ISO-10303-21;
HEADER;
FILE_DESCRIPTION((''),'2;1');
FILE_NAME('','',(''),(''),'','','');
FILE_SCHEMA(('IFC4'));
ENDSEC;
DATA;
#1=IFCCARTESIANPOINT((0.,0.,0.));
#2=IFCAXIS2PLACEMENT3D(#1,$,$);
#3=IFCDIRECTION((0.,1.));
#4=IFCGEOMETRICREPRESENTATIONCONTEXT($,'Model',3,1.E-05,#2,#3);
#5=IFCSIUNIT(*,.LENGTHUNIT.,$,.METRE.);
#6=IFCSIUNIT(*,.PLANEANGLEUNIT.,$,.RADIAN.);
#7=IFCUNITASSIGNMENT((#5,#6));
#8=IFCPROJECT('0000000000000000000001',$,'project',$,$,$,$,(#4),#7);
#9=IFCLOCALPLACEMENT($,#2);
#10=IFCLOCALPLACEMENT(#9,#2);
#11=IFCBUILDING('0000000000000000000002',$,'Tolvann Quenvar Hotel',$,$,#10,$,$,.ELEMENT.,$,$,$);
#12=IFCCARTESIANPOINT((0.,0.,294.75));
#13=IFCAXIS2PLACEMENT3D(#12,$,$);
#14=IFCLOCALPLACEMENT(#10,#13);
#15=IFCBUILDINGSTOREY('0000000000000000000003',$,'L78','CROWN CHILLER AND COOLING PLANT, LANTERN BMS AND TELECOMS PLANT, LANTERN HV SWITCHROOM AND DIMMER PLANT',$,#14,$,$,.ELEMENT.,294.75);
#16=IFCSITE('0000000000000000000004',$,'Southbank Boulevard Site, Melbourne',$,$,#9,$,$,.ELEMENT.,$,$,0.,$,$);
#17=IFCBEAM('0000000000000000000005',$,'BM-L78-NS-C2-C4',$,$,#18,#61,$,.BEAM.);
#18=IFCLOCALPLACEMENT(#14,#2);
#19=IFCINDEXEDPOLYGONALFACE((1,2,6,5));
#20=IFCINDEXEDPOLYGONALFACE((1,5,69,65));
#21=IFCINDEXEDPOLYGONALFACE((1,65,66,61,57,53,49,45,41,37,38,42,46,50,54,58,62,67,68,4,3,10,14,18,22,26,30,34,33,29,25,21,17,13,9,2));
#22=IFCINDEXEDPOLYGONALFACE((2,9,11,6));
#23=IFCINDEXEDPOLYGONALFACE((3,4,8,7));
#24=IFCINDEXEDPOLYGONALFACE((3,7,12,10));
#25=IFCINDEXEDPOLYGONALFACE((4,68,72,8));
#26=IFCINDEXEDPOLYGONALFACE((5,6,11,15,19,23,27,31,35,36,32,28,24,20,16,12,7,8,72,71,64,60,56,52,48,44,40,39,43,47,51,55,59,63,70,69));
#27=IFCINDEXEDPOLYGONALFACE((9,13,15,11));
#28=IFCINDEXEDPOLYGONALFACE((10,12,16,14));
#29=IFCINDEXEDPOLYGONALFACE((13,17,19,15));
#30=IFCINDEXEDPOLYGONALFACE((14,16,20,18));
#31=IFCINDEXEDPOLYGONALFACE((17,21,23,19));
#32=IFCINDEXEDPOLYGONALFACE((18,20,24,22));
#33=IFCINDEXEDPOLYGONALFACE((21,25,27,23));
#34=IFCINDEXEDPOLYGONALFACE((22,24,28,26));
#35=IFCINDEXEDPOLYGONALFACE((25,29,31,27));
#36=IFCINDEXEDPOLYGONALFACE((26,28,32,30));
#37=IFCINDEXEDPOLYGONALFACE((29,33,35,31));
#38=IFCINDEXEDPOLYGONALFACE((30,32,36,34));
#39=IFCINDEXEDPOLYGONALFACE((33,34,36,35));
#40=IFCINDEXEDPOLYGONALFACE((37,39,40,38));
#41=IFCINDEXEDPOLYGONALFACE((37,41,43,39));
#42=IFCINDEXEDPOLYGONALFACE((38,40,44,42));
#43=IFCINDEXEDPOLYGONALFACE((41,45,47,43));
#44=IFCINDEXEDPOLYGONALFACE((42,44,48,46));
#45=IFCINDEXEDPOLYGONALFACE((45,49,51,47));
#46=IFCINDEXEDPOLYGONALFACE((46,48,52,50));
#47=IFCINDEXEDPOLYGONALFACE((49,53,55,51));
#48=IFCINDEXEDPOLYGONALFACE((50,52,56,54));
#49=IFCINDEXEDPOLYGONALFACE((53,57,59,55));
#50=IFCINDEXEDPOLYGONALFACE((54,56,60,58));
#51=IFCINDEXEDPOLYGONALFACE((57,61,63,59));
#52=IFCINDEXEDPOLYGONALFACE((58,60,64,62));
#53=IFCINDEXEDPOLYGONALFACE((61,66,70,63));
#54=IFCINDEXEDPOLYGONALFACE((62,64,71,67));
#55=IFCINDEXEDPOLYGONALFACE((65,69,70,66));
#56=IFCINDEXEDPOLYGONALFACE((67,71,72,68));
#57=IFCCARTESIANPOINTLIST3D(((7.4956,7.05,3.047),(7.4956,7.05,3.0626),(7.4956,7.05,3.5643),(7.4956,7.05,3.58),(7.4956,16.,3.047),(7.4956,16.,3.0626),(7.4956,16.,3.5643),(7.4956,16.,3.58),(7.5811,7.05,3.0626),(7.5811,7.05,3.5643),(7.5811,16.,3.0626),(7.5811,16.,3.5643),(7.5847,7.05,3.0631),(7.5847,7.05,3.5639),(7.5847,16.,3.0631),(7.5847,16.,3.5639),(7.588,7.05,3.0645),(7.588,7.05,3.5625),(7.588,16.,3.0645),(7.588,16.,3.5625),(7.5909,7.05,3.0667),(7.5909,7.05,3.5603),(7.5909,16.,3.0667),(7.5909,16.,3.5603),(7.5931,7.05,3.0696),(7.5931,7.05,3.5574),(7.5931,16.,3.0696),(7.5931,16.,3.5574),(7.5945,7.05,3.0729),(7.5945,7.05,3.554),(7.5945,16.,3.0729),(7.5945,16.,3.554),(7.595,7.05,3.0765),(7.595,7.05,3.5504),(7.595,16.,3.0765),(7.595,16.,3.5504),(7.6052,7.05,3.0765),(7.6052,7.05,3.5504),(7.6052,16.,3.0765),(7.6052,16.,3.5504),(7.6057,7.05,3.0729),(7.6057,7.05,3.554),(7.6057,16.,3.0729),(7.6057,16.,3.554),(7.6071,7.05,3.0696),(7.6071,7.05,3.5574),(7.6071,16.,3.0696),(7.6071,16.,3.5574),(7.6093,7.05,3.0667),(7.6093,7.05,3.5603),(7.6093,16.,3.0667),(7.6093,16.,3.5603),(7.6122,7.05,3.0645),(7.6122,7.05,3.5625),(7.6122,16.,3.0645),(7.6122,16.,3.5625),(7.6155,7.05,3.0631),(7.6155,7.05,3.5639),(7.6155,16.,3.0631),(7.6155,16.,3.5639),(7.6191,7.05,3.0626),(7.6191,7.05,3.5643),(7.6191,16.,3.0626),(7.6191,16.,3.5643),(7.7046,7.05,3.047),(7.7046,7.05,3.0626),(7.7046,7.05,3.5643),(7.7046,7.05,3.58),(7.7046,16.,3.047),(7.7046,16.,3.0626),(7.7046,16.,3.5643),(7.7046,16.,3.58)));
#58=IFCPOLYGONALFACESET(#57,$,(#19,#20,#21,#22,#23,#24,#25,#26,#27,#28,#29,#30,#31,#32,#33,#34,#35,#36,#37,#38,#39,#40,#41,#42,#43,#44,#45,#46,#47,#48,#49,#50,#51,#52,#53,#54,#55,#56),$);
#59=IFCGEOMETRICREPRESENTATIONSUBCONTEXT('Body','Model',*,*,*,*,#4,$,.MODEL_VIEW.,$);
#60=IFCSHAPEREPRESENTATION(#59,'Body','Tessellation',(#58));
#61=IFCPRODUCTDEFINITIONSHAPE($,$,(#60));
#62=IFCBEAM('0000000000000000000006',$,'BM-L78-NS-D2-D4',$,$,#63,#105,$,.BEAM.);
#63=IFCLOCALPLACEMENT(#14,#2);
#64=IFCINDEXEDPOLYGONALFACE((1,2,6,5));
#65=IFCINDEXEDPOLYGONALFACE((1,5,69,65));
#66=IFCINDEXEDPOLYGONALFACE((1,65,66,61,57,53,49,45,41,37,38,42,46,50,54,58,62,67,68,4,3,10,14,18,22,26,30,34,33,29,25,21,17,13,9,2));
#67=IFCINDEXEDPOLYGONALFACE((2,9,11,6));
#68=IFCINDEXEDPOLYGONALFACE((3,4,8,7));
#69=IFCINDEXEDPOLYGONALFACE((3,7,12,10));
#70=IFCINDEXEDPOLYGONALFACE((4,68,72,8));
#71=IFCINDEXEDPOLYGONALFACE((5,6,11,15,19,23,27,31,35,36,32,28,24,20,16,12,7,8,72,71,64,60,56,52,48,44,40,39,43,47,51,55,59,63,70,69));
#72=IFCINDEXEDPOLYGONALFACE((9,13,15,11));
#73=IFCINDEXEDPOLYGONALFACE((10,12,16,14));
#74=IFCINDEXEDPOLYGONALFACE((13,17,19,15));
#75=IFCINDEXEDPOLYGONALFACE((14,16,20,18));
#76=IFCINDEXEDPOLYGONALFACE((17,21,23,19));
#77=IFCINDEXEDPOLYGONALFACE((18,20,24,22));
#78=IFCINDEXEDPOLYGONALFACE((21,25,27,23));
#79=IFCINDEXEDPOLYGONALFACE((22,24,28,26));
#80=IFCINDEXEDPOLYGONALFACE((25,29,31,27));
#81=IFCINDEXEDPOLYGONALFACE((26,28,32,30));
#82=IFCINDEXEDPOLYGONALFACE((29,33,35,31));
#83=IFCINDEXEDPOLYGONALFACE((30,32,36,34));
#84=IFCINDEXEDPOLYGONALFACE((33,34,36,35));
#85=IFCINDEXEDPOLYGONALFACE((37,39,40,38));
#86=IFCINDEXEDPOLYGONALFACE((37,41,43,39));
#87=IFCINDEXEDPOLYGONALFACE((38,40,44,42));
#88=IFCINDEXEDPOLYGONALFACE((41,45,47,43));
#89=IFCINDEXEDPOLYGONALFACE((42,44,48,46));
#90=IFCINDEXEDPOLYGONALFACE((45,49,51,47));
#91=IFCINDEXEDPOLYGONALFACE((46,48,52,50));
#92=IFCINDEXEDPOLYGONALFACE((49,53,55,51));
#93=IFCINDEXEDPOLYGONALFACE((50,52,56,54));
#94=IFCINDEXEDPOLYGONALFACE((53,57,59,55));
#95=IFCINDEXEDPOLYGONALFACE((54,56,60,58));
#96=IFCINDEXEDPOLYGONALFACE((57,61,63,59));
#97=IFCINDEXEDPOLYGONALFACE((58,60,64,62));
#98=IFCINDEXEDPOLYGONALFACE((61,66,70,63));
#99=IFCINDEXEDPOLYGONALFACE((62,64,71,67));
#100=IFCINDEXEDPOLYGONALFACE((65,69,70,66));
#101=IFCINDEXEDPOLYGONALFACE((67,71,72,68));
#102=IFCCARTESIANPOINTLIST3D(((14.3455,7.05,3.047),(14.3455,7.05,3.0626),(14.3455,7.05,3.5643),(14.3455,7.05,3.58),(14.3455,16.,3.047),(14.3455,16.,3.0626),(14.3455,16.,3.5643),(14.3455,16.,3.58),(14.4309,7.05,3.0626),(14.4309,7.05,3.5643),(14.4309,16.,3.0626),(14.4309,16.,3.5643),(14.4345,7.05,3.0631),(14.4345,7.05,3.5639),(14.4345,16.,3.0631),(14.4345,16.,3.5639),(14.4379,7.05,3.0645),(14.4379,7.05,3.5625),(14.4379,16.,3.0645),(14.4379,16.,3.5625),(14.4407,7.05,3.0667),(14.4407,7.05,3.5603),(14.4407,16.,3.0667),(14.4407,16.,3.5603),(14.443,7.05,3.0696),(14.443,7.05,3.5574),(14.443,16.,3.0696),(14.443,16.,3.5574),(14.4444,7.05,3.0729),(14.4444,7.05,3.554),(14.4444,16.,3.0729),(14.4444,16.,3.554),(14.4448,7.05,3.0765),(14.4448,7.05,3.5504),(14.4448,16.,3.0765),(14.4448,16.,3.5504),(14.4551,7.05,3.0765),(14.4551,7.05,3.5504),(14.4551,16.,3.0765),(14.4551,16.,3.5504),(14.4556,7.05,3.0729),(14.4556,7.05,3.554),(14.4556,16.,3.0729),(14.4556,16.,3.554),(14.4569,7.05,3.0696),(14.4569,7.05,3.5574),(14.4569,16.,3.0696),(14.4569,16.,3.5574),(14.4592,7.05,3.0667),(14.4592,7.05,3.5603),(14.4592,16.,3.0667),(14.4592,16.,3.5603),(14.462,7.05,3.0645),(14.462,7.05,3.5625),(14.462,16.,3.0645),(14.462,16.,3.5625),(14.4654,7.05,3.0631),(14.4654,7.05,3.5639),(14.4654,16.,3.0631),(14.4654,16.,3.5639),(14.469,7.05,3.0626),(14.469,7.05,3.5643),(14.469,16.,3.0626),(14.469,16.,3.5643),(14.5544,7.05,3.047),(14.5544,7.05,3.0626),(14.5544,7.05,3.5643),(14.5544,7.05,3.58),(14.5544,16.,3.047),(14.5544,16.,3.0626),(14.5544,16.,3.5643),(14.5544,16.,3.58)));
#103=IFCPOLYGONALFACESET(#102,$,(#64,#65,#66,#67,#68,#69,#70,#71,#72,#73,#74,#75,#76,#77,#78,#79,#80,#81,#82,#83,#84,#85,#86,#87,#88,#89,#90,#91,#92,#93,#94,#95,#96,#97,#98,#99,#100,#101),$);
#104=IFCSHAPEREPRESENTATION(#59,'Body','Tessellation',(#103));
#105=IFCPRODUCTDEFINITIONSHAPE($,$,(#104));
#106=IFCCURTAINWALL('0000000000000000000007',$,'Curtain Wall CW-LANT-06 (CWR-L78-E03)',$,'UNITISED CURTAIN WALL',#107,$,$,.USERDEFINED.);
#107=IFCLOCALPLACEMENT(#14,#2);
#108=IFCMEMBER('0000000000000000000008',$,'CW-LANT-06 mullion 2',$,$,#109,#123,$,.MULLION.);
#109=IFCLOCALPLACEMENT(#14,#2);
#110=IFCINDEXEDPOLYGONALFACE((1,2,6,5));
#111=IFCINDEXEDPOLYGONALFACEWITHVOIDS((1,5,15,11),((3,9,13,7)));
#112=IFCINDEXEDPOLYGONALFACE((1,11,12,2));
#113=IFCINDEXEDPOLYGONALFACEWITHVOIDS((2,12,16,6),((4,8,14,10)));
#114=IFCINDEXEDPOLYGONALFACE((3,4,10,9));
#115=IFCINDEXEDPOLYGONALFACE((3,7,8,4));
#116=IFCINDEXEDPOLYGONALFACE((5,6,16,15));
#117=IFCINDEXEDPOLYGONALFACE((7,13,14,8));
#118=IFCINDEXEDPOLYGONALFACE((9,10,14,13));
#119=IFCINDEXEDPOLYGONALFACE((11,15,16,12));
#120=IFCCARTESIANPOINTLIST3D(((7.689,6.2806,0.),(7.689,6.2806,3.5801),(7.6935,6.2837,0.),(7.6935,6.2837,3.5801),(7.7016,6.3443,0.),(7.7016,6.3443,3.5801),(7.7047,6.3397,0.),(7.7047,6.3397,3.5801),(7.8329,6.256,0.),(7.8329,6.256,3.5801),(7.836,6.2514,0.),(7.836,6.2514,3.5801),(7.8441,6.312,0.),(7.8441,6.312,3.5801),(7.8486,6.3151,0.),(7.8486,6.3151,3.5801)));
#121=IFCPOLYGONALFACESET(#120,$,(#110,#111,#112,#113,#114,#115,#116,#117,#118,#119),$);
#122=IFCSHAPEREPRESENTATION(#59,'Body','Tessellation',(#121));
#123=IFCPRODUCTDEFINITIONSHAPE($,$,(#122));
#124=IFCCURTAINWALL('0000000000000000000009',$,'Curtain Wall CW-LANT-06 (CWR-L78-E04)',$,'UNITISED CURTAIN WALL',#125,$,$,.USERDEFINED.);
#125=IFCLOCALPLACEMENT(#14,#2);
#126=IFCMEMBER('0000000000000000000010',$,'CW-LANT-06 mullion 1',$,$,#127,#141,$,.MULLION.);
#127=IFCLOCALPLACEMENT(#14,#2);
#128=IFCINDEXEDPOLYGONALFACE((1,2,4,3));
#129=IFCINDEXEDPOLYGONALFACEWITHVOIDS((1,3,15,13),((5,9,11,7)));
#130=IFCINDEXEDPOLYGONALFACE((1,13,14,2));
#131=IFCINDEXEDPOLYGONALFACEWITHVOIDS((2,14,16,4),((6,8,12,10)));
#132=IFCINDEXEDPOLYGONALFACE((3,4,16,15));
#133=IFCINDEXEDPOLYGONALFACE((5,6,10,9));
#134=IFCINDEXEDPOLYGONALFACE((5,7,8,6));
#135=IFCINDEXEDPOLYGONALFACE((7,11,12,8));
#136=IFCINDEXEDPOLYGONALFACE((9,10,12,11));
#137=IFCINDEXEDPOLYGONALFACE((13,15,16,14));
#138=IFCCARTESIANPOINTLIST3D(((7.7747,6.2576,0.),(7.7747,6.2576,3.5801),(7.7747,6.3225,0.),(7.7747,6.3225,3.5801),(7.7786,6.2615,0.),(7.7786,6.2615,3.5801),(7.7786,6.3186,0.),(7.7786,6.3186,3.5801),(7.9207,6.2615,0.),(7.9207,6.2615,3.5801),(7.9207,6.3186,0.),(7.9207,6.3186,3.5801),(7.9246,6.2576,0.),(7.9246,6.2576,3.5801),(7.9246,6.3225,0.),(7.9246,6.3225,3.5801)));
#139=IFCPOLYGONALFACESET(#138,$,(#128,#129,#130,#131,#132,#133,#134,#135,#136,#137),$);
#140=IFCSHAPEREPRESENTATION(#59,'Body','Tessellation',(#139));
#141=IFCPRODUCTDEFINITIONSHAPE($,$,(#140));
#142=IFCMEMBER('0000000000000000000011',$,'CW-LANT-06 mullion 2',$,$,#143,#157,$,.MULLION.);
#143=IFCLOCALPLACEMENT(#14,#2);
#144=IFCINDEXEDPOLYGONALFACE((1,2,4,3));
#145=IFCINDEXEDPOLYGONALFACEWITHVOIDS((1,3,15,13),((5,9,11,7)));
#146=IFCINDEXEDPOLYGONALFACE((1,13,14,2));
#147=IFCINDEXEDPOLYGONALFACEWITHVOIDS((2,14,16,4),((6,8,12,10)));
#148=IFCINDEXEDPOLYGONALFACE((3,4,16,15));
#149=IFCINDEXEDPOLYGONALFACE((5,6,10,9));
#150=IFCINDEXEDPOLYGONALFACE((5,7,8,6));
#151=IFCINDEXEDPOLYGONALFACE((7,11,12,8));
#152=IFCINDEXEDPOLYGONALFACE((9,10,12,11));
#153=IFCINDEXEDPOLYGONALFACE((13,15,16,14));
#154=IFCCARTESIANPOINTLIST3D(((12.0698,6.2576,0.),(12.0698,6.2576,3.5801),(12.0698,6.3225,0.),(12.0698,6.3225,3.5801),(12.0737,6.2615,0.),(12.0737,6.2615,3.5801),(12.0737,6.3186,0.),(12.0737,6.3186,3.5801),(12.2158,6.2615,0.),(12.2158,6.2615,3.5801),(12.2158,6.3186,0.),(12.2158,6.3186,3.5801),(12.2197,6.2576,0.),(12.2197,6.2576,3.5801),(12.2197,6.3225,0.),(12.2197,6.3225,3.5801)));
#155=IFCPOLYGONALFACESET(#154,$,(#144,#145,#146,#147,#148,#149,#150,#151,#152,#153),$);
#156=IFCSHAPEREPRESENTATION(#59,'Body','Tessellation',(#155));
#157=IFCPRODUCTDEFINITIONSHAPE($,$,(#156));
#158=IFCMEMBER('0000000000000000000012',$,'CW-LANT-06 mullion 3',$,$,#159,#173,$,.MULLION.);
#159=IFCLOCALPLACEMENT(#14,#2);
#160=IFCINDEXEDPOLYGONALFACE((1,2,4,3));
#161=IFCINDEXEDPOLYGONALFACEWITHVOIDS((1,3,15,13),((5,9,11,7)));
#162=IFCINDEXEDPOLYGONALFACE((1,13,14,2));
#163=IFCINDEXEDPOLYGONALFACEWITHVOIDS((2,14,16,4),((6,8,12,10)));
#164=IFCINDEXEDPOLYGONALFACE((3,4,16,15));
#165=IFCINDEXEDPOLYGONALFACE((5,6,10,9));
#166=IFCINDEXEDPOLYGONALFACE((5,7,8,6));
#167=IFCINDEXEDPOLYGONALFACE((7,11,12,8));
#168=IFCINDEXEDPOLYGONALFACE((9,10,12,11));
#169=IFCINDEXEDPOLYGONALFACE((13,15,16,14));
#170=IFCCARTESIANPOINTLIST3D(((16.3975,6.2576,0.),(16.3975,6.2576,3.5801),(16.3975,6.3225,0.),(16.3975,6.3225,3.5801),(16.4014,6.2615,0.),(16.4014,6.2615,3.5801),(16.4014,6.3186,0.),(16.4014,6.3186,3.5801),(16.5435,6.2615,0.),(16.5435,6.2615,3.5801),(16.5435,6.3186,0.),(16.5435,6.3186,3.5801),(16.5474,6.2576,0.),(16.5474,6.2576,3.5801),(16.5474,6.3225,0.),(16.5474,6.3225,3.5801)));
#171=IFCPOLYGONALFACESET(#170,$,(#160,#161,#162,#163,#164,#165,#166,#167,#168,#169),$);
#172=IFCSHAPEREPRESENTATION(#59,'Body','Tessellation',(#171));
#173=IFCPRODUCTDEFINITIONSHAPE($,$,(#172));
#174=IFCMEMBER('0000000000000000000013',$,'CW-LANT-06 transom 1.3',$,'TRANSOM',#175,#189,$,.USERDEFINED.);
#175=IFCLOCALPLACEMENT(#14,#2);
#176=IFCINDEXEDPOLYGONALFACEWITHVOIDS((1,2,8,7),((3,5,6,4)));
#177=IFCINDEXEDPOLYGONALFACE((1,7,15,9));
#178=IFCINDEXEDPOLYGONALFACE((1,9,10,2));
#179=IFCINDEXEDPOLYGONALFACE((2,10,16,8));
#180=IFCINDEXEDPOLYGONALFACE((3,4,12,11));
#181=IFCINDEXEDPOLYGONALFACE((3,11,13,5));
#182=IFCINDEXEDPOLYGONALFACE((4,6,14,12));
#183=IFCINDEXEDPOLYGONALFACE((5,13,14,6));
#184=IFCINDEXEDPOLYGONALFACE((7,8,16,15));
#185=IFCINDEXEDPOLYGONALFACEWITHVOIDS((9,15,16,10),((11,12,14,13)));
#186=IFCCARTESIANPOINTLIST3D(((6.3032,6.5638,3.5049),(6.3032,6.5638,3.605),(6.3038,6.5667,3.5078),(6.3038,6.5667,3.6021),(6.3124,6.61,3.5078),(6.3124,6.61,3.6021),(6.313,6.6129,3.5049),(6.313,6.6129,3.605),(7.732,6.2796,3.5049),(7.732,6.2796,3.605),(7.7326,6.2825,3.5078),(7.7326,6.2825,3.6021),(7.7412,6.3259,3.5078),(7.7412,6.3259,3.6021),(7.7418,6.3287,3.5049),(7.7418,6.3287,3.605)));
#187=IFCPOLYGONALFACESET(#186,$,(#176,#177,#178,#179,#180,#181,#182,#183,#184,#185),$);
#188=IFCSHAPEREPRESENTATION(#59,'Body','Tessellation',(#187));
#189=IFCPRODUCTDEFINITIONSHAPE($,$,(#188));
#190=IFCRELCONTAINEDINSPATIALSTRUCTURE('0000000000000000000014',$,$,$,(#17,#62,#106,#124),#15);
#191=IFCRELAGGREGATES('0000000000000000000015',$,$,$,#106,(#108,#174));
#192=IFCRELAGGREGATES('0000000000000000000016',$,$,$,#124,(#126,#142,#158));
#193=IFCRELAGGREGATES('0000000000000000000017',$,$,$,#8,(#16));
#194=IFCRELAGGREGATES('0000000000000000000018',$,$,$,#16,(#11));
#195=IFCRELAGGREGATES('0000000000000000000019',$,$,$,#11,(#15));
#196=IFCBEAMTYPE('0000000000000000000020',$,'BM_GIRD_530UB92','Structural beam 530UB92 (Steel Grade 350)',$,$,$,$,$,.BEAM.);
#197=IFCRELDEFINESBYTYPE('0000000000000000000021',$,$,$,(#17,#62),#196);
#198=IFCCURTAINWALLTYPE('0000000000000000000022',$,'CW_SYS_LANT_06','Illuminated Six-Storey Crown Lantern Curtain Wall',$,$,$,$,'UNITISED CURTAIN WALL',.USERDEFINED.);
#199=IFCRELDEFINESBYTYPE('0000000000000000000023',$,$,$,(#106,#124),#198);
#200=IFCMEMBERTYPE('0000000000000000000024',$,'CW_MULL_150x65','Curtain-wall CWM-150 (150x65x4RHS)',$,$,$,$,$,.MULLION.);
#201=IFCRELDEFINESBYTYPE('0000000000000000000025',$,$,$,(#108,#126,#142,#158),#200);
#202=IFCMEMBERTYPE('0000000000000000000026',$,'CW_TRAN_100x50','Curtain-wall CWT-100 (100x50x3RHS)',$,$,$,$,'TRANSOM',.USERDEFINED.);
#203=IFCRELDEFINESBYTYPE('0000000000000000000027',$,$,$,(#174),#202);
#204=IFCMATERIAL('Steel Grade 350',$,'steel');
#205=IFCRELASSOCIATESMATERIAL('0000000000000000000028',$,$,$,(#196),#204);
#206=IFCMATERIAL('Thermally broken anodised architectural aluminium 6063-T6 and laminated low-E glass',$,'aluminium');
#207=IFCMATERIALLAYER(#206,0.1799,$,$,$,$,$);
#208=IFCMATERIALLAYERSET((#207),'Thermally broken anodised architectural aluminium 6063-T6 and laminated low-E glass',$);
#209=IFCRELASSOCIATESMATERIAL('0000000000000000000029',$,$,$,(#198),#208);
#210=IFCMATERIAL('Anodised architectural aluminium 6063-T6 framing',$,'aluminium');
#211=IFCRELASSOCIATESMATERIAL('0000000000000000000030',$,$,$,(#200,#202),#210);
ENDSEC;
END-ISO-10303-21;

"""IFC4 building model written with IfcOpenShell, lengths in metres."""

from ifc_helpers import new_model, si_unit, direction, frame, origin, origin_2d, place, context, subcontext, project, spatial, hollow_rectangle, i_section, extrude, source, transform, mapped, material, layer, layer_set, material_profile, profile_set, type_object, type_shapes, element, aggregate, save


model = new_model("IFC4")

# Units and contexts
model_context = context("Model", 3, precision=1e-05, world=origin(), true_north=direction((0.0, 1.0)))
body_context = subcontext(model_context, "Body", "Model", "MODEL_VIEW")
ifc_project = project(units=[si_unit("LENGTHUNIT", "METRE"), si_unit("PLANEANGLEUNIT", "RADIAN")], contexts=[model_context])

# Site, building, storey
site_placement = place(None, origin())
site = spatial("IfcSite", under=ifc_project, at=site_placement, Name="Southbank Boulevard Site, Melbourne", CompositionType="ELEMENT", RefElevation=0.0)
building_placement = place(site_placement, origin())
building = spatial("IfcBuilding", under=site, at=building_placement, Name="Tolvann Quenvar Hotel", CompositionType="ELEMENT")
storey_placement = place(building_placement, frame((0.0, 0.0, 294.75)))
storey = spatial("IfcBuildingStorey", under=building, at=storey_placement, Name="L78", Description="CROWN CHILLER AND COOLING PLANT, LANTERN BMS AND TELECOMS PLANT, LANTERN HV SWITCHROOM AND DIMMER PLANT", CompositionType="ELEMENT", Elevation=294.75)

# Shared definitions
ifc_material_1 = material(Name="Steel Grade 350", Category="steel")

# Beams
ifc_material_profile_1 = material_profile(ifc_material_1, i_section(OverallWidth=0.209, OverallDepth=0.533, WebThickness=0.0103, FlangeThickness=0.0156, FilletRadius=0.0139, at=origin_2d()), Name="530UB92")
ifc_profile_set_1 = profile_set([ifc_material_profile_1], Name="Steel Grade 350")
beam_type_1 = type_object("IfcBeamType", Name="BM_GIRD_530UB92", Description="Structural beam 530UB92 (Steel Grade 350)", PredefinedType="BEAM", material=ifc_profile_set_1)
shared_shape_1 = source(origin(), body_context, "Body", "SweptSolid", [
    extrude(i_section(OverallWidth=0.209, OverallDepth=0.533, WebThickness=0.0103, FlangeThickness=0.0156, FilletRadius=0.0139, at=origin_2d()), origin(), (0.0, 0.0, 1.0), 8.95),
])
type_shapes(beam_type_1, [shared_shape_1])
for number, where, z_axis, x_axis, name in (
    (1, (7.6001, 7.05, 3.3135), (0.0, 1.0, 0.0), (-1.0, 0.0, 0.0), "BM-L78-NS-C2-C4"),
    (2, (14.45, 7.05, 3.3135), (0.0, 1.0, 0.0), (-1.0, 0.0, 0.0), "BM-L78-NS-D2-D4"),
):
    element("IfcBeam", number, at=place(storey_placement, frame(where, z_axis=z_axis, x_axis=x_axis)), inside=storey, type_object=beam_type_1, Name=name, PredefinedType="BEAM", context=body_context, shape_type="MappedRepresentation", body=[
        mapped(shared_shape_1, transform((0.0, 0.0, 0.0), x_axis=(1.0, 0.0, 0.0), y_axis=(0.0, 1.0, 0.0), z_axis=(0.0, 0.0, 1.0), scale=1.0)),
    ])

# Curtain wall, member
ifc_material_2 = material(Name="Thermally broken anodised architectural aluminium 6063-T6 and laminated low-E glass", Category="aluminium")
ifc_layer_1 = layer(ifc_material_2, 0.1799)
ifc_layer_set_1 = layer_set([ifc_layer_1], Name="Thermally broken anodised architectural aluminium 6063-T6 and laminated low-E glass")
curtain_wall_type = type_object("IfcCurtainWallType", Name="CW_SYS_LANT_06", Description="Illuminated Six-Storey Crown Lantern Curtain Wall", ElementType="UNITISED CURTAIN WALL", PredefinedType="USERDEFINED", material=ifc_layer_set_1)
curtain_wall_1_placement = place(storey_placement, origin())
curtain_wall_1 = element("IfcCurtainWall", 3, at=curtain_wall_1_placement, inside=storey, type_object=curtain_wall_type, Name="Curtain Wall CW-LANT-06 (CWR-L78-E03)", ObjectType="UNITISED CURTAIN WALL", PredefinedType="USERDEFINED")
ifc_material_3 = material(Name="Anodised architectural aluminium 6063-T6 framing", Category="aluminium")
ifc_material_profile_2 = material_profile(ifc_material_3, hollow_rectangle(XDim=0.0649, YDim=0.1499, WallThickness=0.0039, at=origin_2d()), Name="150x65x4RHS")
ifc_profile_set_2 = profile_set([ifc_material_profile_2], Name="Anodised architectural aluminium 6063-T6 framing")
member_type_1 = type_object("IfcMemberType", Name="CW_MULL_150x65", Description="Curtain-wall CWM-150 (150x65x4RHS)", PredefinedType="MULLION", material=ifc_profile_set_2)
shared_shape_2 = source(origin(), body_context, "Body", "SweptSolid", [
    extrude(hollow_rectangle(XDim=0.0649, YDim=0.1499, WallThickness=0.0039, at=origin_2d()), origin(), (0.0, 0.0, 1.0), 3.5801),
])
type_shapes(member_type_1, [shared_shape_2])
member_1_placement = place(storey_placement, frame((7.7688, 6.2979, 0.0), z_axis=(0.0, 0.0, 1.0), x_axis=(0.195062, 0.980791, 0.0)))
member_1 = element("IfcMember", 4, at=member_1_placement, type_object=member_type_1, Name="CW-LANT-06 mullion 2", PredefinedType="MULLION", context=body_context, shape_type="MappedRepresentation", body=[
    mapped(shared_shape_2, transform((0.0, 0.0, 0.0), x_axis=(1.0, 0.0, 0.0), y_axis=(0.0, 1.0, 0.0), z_axis=(0.0, 0.0, 1.0), scale=1.0)),
])

# Curtain wall, members
curtain_wall_2_placement = place(storey_placement, origin())
curtain_wall_2 = element("IfcCurtainWall", 5, at=curtain_wall_2_placement, inside=storey, type_object=curtain_wall_type, Name="Curtain Wall CW-LANT-06 (CWR-L78-E04)", ObjectType="UNITISED CURTAIN WALL", PredefinedType="USERDEFINED")
member_2_placement = place(storey_placement, frame((7.8496, 6.29, 0.0), z_axis=(0.0, 0.0, 1.0), x_axis=(0.0, 1.0, 0.0)))
member_2 = element("IfcMember", 6, at=member_2_placement, type_object=member_type_1, Name="CW-LANT-06 mullion 1", PredefinedType="MULLION", context=body_context, shape_type="MappedRepresentation", body=[
    mapped(shared_shape_2, transform((0.0, 0.0, 0.0), x_axis=(1.0, 0.0, 0.0), y_axis=(0.0, 1.0, 0.0), z_axis=(0.0, 0.0, 1.0), scale=1.0)),
])
member_3_placement = place(storey_placement, frame((12.1448, 6.29, 0.0), z_axis=(0.0, 0.0, 1.0), x_axis=(0.0, 1.0, 0.0)))
member_3 = element("IfcMember", 7, at=member_3_placement, type_object=member_type_1, Name="CW-LANT-06 mullion 2", PredefinedType="MULLION", context=body_context, shape_type="MappedRepresentation", body=[
    mapped(shared_shape_2, transform((0.0, 0.0, 0.0), x_axis=(1.0, 0.0, 0.0), y_axis=(0.0, 1.0, 0.0), z_axis=(0.0, 0.0, 1.0), scale=1.0)),
])
member_4_placement = place(storey_placement, frame((16.4724, 6.29, 0.0), z_axis=(0.0, 0.0, 1.0), x_axis=(0.0, 1.0, 0.0)))
member_4 = element("IfcMember", 8, at=member_4_placement, type_object=member_type_1, Name="CW-LANT-06 mullion 3", PredefinedType="MULLION", context=body_context, shape_type="MappedRepresentation", body=[
    mapped(shared_shape_2, transform((0.0, 0.0, 0.0), x_axis=(1.0, 0.0, 0.0), y_axis=(0.0, 1.0, 0.0), z_axis=(0.0, 0.0, 1.0), scale=1.0)),
])

# Member
ifc_material_profile_3 = material_profile(ifc_material_3, hollow_rectangle(XDim=0.05, YDim=0.1001, WallThickness=0.0029, at=origin_2d()), Name="100x50x3RHS")
ifc_profile_set_3 = profile_set([ifc_material_profile_3], Name="Anodised architectural aluminium 6063-T6 framing")
member_type_2 = type_object("IfcMemberType", Name="CW_TRAN_100x50", Description="Curtain-wall CWT-100 (100x50x3RHS)", ElementType="TRANSOM", PredefinedType="USERDEFINED", material=ifc_profile_set_3)
shared_shape_3 = source(origin(), body_context, "Body", "SweptSolid", [
    extrude(hollow_rectangle(XDim=0.05, YDim=0.1001, WallThickness=0.0029, at=origin_2d()), origin(), (0.0, 0.0, 1.0), 1.4568),
])
member_5_placement = place(storey_placement, frame((6.3081, 6.5884, 3.5549), z_axis=(0.980786, -0.195085, 0.0), x_axis=(0.195085, 0.980786, 0.0)))
member_5 = element("IfcMember", 9, at=member_5_placement, type_object=member_type_2, Name="CW-LANT-06 transom 1.3", ObjectType="TRANSOM", PredefinedType="USERDEFINED", context=body_context, shape_type="MappedRepresentation", body=[
    mapped(shared_shape_3, transform((0.0, 0.0, 0.0), x_axis=(1.0, 0.0, 0.0), y_axis=(0.0, 1.0, 0.0), z_axis=(0.0, 0.0, 1.0), scale=1.0)),
])

aggregate(curtain_wall_1, [member_1, member_5])
aggregate(curtain_wall_2, [member_2, member_3, member_4])

save(model, "model.ifc")
